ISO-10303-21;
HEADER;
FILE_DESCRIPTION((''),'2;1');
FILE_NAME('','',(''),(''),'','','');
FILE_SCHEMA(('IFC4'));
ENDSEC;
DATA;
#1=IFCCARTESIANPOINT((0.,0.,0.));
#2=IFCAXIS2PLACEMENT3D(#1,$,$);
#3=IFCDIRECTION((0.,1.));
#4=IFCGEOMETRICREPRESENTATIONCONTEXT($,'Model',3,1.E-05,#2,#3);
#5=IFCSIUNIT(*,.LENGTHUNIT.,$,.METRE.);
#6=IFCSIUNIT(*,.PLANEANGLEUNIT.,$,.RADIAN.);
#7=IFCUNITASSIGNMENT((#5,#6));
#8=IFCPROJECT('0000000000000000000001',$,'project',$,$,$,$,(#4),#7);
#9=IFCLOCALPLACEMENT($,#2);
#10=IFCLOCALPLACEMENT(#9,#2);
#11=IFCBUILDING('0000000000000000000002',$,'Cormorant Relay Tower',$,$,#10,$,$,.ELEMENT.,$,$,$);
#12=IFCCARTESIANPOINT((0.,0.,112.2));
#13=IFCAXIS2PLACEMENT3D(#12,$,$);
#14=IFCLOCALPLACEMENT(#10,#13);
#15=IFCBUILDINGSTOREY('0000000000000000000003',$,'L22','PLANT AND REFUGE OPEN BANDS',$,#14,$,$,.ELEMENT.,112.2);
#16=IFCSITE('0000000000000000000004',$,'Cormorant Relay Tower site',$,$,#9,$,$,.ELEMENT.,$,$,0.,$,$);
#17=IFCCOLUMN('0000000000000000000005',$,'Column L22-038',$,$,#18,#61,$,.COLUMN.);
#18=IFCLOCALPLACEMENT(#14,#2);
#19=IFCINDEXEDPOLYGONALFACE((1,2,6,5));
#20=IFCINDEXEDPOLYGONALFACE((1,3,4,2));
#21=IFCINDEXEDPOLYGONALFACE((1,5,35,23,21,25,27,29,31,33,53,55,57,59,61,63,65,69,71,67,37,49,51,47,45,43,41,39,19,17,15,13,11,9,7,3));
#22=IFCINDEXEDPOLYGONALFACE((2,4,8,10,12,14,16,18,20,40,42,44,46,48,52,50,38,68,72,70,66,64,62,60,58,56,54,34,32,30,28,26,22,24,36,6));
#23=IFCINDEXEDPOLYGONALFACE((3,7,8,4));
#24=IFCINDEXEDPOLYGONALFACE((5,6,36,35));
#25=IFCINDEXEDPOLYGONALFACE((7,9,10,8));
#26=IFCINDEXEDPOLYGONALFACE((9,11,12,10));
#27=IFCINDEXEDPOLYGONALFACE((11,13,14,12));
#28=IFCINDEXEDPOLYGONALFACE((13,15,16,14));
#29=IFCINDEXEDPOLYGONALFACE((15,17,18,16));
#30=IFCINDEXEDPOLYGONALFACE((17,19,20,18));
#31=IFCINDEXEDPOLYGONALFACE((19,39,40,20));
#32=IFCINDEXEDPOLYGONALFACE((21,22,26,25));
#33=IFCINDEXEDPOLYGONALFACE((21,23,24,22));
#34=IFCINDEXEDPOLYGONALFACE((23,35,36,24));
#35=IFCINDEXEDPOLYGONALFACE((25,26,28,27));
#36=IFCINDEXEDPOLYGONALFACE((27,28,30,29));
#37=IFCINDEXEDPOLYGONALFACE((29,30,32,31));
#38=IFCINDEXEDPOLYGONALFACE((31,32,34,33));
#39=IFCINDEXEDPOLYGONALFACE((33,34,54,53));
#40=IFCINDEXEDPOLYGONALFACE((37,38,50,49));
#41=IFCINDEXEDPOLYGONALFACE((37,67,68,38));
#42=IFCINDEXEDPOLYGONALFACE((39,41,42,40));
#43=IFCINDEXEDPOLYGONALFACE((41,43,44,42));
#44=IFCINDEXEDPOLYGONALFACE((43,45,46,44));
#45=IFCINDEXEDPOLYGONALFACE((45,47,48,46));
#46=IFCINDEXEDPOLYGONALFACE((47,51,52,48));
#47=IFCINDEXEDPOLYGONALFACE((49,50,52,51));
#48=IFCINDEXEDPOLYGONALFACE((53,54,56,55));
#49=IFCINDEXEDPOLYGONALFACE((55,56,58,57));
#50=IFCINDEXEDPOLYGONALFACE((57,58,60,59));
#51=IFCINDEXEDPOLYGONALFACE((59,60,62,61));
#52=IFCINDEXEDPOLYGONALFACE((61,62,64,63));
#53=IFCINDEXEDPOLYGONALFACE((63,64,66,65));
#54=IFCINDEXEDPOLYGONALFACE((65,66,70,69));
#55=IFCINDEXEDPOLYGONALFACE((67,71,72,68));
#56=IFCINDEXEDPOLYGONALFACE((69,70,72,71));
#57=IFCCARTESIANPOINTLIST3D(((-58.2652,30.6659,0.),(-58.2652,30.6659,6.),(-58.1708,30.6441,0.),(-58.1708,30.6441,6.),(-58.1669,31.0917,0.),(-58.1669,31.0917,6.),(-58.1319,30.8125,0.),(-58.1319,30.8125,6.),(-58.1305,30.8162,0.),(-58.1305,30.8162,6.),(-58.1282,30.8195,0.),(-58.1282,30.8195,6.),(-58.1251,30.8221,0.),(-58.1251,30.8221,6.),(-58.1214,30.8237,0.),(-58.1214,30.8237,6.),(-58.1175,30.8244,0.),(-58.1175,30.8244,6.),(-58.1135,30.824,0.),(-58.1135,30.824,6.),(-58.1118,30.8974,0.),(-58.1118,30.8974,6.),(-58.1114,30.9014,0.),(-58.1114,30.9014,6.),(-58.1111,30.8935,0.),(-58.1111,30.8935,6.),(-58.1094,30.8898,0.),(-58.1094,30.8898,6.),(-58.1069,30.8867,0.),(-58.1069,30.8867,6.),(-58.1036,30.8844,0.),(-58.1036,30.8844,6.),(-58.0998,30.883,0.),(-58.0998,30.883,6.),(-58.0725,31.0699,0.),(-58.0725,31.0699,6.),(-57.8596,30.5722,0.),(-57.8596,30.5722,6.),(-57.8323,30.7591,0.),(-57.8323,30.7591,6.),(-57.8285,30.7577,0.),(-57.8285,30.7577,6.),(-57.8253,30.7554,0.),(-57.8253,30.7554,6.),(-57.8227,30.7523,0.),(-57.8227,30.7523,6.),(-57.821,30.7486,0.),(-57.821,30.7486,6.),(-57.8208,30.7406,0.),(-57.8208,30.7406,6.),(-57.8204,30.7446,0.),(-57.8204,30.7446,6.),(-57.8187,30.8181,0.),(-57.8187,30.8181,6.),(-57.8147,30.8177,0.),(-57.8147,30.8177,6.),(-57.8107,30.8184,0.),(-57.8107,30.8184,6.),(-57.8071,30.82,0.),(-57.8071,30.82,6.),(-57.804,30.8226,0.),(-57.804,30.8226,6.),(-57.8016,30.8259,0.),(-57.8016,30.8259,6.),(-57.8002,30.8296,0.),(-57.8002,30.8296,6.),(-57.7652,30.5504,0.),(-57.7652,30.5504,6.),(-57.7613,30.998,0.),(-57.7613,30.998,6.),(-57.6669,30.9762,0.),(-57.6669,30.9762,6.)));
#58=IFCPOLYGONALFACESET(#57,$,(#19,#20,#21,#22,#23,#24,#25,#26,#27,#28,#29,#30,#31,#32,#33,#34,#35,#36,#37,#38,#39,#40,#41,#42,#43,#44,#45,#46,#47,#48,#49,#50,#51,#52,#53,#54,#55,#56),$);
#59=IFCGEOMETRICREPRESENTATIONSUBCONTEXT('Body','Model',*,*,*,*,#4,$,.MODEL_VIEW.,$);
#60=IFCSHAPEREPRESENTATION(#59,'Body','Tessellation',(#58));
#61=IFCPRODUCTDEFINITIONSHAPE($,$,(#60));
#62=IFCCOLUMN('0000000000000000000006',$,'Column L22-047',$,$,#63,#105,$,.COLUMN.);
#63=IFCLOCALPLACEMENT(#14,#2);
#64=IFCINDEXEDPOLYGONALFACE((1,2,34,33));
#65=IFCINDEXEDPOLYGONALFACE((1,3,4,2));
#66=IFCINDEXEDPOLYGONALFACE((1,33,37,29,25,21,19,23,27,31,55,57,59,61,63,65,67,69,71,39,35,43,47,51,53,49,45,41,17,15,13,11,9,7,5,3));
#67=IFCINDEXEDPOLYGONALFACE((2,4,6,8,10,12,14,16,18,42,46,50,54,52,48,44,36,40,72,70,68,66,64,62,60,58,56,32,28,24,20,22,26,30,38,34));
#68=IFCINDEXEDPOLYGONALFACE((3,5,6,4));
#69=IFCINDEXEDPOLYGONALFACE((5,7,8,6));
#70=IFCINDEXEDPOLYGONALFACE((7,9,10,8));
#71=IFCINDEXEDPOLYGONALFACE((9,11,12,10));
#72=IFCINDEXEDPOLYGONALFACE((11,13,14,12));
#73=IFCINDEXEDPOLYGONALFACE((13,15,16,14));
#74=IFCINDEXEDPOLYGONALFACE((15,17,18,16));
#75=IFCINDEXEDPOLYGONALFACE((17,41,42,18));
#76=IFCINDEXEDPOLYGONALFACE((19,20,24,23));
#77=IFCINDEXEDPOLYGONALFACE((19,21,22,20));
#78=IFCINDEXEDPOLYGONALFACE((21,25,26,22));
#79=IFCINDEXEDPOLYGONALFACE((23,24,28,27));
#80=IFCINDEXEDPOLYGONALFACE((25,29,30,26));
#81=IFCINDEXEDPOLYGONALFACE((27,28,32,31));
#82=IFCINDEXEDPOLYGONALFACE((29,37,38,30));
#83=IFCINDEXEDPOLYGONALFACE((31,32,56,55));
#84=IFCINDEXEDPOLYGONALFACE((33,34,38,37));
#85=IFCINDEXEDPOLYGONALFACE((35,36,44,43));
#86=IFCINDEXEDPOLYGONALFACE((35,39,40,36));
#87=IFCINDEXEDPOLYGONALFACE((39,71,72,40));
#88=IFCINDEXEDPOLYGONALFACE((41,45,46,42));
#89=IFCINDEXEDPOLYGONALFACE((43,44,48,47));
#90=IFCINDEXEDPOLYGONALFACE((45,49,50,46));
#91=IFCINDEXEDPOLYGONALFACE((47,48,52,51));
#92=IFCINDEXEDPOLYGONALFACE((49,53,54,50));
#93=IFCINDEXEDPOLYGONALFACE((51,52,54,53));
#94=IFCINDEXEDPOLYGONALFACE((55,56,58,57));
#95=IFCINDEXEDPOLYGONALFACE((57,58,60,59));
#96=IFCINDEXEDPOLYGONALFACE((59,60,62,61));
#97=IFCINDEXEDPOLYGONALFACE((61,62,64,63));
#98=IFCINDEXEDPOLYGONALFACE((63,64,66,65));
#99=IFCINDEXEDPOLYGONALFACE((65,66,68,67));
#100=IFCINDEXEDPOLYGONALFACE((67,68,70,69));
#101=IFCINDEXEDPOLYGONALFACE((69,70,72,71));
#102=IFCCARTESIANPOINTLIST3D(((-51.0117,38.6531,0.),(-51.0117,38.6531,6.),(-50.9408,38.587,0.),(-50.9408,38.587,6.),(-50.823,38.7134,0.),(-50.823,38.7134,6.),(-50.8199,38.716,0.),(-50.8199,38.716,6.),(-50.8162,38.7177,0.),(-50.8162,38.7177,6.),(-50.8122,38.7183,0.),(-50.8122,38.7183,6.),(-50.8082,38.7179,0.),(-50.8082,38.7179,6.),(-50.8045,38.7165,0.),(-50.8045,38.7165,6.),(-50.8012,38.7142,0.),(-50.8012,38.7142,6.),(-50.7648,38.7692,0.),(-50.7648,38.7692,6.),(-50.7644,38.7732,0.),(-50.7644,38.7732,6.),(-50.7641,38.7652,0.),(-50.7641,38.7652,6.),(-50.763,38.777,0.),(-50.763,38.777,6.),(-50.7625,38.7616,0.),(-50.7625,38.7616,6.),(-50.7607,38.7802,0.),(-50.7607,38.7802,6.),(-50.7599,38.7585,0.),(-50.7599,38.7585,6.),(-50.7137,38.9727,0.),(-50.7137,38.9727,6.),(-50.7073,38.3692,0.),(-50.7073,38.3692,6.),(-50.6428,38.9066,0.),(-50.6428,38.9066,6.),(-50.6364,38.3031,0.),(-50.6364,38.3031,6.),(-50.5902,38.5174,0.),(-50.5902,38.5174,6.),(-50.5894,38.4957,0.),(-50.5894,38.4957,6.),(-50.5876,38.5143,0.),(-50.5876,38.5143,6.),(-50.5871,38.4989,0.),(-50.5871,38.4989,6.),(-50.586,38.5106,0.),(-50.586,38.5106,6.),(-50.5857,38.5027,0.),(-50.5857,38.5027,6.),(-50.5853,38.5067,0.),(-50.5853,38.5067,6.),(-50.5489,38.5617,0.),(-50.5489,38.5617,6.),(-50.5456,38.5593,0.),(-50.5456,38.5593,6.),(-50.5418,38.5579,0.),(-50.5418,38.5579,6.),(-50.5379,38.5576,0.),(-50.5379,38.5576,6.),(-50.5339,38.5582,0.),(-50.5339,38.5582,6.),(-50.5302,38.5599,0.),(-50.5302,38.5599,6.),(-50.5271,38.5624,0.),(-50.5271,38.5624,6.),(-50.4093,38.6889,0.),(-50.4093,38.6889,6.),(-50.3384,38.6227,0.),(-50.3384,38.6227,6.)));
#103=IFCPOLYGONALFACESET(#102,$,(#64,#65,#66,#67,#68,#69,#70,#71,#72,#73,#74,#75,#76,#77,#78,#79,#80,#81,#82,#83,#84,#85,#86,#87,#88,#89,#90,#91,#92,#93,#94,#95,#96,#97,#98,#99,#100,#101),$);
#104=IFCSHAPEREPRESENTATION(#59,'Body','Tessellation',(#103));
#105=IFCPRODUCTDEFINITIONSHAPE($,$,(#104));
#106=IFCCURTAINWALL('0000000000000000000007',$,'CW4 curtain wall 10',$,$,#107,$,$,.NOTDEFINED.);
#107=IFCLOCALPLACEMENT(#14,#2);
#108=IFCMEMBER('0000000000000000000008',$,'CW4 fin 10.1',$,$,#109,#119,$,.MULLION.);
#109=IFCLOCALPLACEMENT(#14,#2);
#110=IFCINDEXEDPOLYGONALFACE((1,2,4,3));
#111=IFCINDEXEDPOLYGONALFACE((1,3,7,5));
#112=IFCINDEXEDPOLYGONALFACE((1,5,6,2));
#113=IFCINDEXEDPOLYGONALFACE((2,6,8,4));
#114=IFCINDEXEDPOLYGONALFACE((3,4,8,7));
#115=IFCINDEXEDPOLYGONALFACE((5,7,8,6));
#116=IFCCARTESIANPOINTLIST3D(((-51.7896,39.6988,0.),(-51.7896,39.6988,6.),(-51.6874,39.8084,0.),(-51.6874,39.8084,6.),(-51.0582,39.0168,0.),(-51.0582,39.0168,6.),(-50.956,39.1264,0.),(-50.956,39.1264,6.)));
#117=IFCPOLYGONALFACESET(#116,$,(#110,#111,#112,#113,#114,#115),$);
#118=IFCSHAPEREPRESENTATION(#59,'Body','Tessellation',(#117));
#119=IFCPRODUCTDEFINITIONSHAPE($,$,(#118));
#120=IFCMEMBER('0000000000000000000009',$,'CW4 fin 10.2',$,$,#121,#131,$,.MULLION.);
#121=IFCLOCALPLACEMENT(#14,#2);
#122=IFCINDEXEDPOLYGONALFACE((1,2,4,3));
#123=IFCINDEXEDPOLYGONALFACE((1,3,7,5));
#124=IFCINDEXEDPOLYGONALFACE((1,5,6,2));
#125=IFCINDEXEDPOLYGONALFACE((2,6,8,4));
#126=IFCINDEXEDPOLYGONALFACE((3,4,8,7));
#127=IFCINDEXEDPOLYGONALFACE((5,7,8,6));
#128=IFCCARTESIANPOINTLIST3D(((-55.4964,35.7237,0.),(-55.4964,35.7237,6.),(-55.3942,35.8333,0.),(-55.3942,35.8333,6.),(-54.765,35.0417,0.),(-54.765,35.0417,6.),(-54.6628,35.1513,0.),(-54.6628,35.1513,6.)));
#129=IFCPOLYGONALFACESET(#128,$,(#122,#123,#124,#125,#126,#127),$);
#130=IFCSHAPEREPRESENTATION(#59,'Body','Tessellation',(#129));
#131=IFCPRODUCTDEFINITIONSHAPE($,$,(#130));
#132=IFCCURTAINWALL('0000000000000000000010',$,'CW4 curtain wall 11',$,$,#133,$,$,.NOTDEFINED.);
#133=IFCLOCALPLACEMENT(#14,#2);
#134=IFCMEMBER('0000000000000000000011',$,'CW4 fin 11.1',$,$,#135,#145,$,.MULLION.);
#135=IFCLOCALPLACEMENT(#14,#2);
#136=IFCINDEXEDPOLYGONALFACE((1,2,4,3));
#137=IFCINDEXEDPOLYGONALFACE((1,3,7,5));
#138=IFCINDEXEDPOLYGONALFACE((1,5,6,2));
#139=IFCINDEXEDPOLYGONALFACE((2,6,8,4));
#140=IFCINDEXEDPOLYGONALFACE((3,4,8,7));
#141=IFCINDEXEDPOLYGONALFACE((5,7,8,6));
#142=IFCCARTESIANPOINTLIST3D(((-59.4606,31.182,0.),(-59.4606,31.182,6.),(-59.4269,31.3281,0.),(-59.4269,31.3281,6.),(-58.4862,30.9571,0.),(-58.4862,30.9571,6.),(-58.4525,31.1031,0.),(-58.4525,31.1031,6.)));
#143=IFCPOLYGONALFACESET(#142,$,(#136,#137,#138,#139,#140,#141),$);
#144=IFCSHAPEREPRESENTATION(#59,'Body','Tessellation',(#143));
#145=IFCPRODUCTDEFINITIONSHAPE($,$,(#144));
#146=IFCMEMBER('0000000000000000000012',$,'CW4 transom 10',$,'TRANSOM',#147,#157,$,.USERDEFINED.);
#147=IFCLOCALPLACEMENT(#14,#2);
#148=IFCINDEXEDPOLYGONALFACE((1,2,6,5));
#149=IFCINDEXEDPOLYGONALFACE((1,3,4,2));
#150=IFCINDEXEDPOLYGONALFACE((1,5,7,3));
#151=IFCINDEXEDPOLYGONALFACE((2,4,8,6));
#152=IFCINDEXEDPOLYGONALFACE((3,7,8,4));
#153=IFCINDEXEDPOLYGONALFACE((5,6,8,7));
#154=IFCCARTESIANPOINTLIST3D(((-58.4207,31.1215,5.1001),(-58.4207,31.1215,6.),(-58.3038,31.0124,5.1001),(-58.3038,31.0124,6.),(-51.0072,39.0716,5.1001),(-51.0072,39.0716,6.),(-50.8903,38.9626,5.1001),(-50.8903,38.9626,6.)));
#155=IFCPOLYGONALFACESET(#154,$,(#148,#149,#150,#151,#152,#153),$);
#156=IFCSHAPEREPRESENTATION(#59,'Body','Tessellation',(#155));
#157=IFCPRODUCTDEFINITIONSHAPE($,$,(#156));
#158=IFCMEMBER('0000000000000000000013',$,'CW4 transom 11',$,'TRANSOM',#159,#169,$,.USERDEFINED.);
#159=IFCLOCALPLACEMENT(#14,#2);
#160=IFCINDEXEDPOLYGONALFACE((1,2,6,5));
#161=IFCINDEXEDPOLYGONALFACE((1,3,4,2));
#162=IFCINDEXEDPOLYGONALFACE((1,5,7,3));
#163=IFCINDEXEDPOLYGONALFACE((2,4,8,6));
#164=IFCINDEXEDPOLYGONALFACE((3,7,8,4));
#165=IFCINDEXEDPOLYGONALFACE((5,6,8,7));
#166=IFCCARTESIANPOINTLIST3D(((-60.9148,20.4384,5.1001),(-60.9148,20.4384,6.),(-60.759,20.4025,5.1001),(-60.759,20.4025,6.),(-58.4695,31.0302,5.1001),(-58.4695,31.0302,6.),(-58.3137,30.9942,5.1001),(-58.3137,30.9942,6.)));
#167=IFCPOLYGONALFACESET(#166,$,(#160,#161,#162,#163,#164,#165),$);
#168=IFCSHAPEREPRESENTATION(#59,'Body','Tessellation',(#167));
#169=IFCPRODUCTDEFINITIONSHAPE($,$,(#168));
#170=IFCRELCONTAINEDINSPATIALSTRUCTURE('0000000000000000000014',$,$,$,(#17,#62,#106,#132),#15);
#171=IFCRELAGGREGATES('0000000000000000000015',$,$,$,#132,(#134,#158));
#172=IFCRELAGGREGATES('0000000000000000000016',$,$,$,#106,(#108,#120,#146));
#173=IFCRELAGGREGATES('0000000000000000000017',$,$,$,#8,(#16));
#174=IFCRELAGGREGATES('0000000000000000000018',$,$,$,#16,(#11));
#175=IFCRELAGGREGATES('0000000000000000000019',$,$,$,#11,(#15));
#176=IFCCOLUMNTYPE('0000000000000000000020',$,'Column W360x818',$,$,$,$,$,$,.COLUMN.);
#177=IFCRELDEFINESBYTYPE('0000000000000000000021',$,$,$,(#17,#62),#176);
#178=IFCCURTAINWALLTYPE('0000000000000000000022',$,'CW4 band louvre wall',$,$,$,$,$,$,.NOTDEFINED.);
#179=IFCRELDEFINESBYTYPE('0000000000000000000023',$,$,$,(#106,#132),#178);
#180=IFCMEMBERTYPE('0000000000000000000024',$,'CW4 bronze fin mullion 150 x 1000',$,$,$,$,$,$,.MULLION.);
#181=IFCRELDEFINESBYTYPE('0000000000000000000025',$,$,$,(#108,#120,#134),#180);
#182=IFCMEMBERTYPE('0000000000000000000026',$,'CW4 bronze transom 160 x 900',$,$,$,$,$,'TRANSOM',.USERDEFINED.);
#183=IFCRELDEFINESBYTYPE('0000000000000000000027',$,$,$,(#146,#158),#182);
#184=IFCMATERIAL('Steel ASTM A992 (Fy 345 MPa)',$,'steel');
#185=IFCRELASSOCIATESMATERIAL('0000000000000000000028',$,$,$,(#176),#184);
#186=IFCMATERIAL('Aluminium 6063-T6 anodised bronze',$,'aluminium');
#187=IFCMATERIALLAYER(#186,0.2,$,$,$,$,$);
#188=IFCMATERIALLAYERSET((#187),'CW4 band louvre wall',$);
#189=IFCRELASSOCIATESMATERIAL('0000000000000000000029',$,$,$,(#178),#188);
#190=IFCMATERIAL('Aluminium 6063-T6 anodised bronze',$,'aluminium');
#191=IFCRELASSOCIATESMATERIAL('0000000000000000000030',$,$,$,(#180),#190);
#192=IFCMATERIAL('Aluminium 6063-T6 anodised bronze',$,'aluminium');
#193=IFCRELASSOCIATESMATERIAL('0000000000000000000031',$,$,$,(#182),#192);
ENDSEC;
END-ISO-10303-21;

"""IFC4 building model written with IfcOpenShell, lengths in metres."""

from ifc_helpers import new_model, si_unit, direction, frame, origin, origin_2d, place, context, subcontext, project, spatial, rectangle, i_section, extrude, material, layer, layer_set, material_profile, profile_set, type_object, element, aggregate, save


model = new_model("IFC4")

# Units and contexts
model_context = context("Model", 3, precision=1e-05, world=origin(), true_north=direction((0.0, 1.0)))
body_context = subcontext(model_context, "Body", "Model", "MODEL_VIEW")
ifc_project = project(units=[si_unit("LENGTHUNIT", "METRE"), si_unit("PLANEANGLEUNIT", "RADIAN")], contexts=[model_context])

# Site, building, storey
site_placement = place(None, origin())
site = spatial("IfcSite", under=ifc_project, at=site_placement, Name="Cormorant Relay Tower site", CompositionType="ELEMENT", RefElevation=0.0)
building_placement = place(site_placement, origin())
building = spatial("IfcBuilding", under=site, at=building_placement, Name="Cormorant Relay Tower", CompositionType="ELEMENT")
storey_placement = place(building_placement, frame((0.0, 0.0, 112.2)))
storey = spatial("IfcBuildingStorey", under=building, at=storey_placement, Name="L22", Description="PLANT AND REFUGE OPEN BANDS", CompositionType="ELEMENT", Elevation=112.2)

# Columns
ifc_material_1 = material(Name="Steel ASTM A992 (Fy 345 MPa)", Category="steel")
ifc_material_profile_1 = material_profile(ifc_material_1, i_section(OverallWidth=0.437, OverallDepth=0.5132, WebThickness=0.0605, FlangeThickness=0.0969, FilletRadius=0.0154, at=origin_2d()), Name="W360x818")
ifc_profile_set_1 = profile_set([ifc_material_profile_1], Name="Steel ASTM A992 (Fy 345 MPa)")
column_type = type_object("IfcColumnType", Name="Column W360x818", PredefinedType="COLUMN", material=ifc_profile_set_1)
for number, where, z_axis, x_axis, name in (
    (1, (-57.9661, 30.821, 0.0), (0.0, 0.0, 1.0), (-0.224951, -0.97437, 0.0), "Column L22-038"),
    (2, (-50.675, 38.6379, 0.0), (0.0, 0.0, 1.0), (-0.681998, -0.731354, 0.0), "Column L22-047"),
):
    element("IfcColumn", number, at=place(storey_placement, frame(where, z_axis=z_axis, x_axis=x_axis)), inside=storey, type_object=column_type, Name=name, PredefinedType="COLUMN", context=body_context, shape_type="SweptSolid", body=[
        extrude(i_section(OverallWidth=0.437, OverallDepth=0.5132, WebThickness=0.0605, FlangeThickness=0.0969, FilletRadius=0.0154, at=origin_2d()), origin(), (0.0, 0.0, 1.0), 6.0),
    ])

# Curtain wall, members
ifc_material_2 = material(Name="Aluminium 6063-T6 anodised bronze", Category="aluminium")
ifc_layer_1 = layer(ifc_material_2, 0.2)
ifc_layer_set_1 = layer_set([ifc_layer_1], Name="CW4 band louvre wall")
curtain_wall_type = type_object("IfcCurtainWallType", Name="CW4 band louvre wall", PredefinedType="NOTDEFINED", material=ifc_layer_set_1)
curtain_wall_1_placement = place(storey_placement, origin())
curtain_wall_1 = element("IfcCurtainWall", 3, at=curtain_wall_1_placement, inside=storey, type_object=curtain_wall_type, Name="CW4 curtain wall 10", PredefinedType="NOTDEFINED")
ifc_material_3 = material(Name="Aluminium 6063-T6 anodised bronze", Category="aluminium")
ifc_material_profile_2 = material_profile(ifc_material_3, rectangle(XDim=0.1499, YDim=1.0, at=origin_2d()), Name="AL 150x1000")
ifc_profile_set_2 = profile_set([ifc_material_profile_2], Name="Aluminium 6063-T6 anodised bronze")
member_type_1 = type_object("IfcMemberType", Name="CW4 bronze fin mullion 150 x 1000", PredefinedType="MULLION", material=ifc_profile_set_2)
member_1_placement = place(storey_placement, frame((-51.3728, 39.4126, 0.0), z_axis=(0.0, 0.0, 1.0), x_axis=(-0.681998, -0.731354, 0.0)))
member_1 = element("IfcMember", 4, at=member_1_placement, type_object=member_type_1, Name="CW4 fin 10.1", PredefinedType="MULLION", context=body_context, shape_type="SweptSolid", body=[
    extrude(rectangle(XDim=0.1499, YDim=1.0, at=origin_2d()), origin(), (0.0, 0.0, 1.0), 6.0),
])
member_2_placement = place(storey_placement, frame((-55.0796, 35.4375, 0.0), z_axis=(0.0, 0.0, 1.0), x_axis=(-0.681998, -0.731354, 0.0)))
member_2 = element("IfcMember", 5, at=member_2_placement, type_object=member_type_1, Name="CW4 fin 10.2", PredefinedType="MULLION", context=body_context, shape_type="SweptSolid", body=[
    extrude(rectangle(XDim=0.1499, YDim=1.0, at=origin_2d()), origin(), (0.0, 0.0, 1.0), 6.0),
])

# Curtain wall, member
curtain_wall_2_placement = place(storey_placement, origin())
curtain_wall_2 = element("IfcCurtainWall", 6, at=curtain_wall_2_placement, inside=storey, type_object=curtain_wall_type, Name="CW4 curtain wall 11", PredefinedType="NOTDEFINED")
member_3_placement = place(storey_placement, frame((-58.9565, 31.1426, 0.0), z_axis=(0.0, 0.0, 1.0), x_axis=(-0.224951, -0.97437, 0.0)))
member_3 = element("IfcMember", 7, at=member_3_placement, type_object=member_type_1, Name="CW4 fin 11.1", PredefinedType="MULLION", context=body_context, shape_type="SweptSolid", body=[
    extrude(rectangle(XDim=0.1499, YDim=1.0, at=origin_2d()), origin(), (0.0, 0.0, 1.0), 6.0),
])

# Members
ifc_material_4 = material(Name="Aluminium 6063-T6 anodised bronze", Category="aluminium")
ifc_material_profile_3 = material_profile(ifc_material_4, rectangle(XDim=0.1599, YDim=0.8999, at=origin_2d()), Name="AL 160x900")
ifc_profile_set_3 = profile_set([ifc_material_profile_3], Name="Aluminium 6063-T6 anodised bronze")
member_type_2 = type_object("IfcMemberType", Name="CW4 bronze transom 160 x 900", ElementType="TRANSOM", PredefinedType="USERDEFINED", material=ifc_profile_set_3)
member_4_placement = place(storey_placement, frame((-50.9487, 39.0171, 5.55), z_axis=(-0.681993, -0.731358, 0.0), x_axis=(0.731358, -0.681993, 0.0)))
member_4 = element("IfcMember", 8, at=member_4_placement, type_object=member_type_2, Name="CW4 transom 10", ObjectType="TRANSOM", PredefinedType="USERDEFINED", context=body_context, shape_type="SweptSolid", body=[
    extrude(rectangle(XDim=0.1599, YDim=0.8999, at=origin_2d()), origin(), (0.0, 0.0, 1.0), 10.8704),
])
member_5_placement = place(storey_placement, frame((-58.3916, 31.0122, 5.55), z_axis=(-0.224951, -0.97437, 0.0), x_axis=(0.97437, -0.224951, 0.0)))
member_5 = element("IfcMember", 9, at=member_5_placement, type_object=member_type_2, Name="CW4 transom 11", ObjectType="TRANSOM", PredefinedType="USERDEFINED", context=body_context, shape_type="SweptSolid", body=[
    extrude(rectangle(XDim=0.1599, YDim=0.8999, at=origin_2d()), origin(), (0.0, 0.0, 1.0), 10.8704),
])
aggregate(curtain_wall_2, [member_3, member_5])

aggregate(curtain_wall_1, [member_1, member_2, member_4])

save(model, "model.ifc")
